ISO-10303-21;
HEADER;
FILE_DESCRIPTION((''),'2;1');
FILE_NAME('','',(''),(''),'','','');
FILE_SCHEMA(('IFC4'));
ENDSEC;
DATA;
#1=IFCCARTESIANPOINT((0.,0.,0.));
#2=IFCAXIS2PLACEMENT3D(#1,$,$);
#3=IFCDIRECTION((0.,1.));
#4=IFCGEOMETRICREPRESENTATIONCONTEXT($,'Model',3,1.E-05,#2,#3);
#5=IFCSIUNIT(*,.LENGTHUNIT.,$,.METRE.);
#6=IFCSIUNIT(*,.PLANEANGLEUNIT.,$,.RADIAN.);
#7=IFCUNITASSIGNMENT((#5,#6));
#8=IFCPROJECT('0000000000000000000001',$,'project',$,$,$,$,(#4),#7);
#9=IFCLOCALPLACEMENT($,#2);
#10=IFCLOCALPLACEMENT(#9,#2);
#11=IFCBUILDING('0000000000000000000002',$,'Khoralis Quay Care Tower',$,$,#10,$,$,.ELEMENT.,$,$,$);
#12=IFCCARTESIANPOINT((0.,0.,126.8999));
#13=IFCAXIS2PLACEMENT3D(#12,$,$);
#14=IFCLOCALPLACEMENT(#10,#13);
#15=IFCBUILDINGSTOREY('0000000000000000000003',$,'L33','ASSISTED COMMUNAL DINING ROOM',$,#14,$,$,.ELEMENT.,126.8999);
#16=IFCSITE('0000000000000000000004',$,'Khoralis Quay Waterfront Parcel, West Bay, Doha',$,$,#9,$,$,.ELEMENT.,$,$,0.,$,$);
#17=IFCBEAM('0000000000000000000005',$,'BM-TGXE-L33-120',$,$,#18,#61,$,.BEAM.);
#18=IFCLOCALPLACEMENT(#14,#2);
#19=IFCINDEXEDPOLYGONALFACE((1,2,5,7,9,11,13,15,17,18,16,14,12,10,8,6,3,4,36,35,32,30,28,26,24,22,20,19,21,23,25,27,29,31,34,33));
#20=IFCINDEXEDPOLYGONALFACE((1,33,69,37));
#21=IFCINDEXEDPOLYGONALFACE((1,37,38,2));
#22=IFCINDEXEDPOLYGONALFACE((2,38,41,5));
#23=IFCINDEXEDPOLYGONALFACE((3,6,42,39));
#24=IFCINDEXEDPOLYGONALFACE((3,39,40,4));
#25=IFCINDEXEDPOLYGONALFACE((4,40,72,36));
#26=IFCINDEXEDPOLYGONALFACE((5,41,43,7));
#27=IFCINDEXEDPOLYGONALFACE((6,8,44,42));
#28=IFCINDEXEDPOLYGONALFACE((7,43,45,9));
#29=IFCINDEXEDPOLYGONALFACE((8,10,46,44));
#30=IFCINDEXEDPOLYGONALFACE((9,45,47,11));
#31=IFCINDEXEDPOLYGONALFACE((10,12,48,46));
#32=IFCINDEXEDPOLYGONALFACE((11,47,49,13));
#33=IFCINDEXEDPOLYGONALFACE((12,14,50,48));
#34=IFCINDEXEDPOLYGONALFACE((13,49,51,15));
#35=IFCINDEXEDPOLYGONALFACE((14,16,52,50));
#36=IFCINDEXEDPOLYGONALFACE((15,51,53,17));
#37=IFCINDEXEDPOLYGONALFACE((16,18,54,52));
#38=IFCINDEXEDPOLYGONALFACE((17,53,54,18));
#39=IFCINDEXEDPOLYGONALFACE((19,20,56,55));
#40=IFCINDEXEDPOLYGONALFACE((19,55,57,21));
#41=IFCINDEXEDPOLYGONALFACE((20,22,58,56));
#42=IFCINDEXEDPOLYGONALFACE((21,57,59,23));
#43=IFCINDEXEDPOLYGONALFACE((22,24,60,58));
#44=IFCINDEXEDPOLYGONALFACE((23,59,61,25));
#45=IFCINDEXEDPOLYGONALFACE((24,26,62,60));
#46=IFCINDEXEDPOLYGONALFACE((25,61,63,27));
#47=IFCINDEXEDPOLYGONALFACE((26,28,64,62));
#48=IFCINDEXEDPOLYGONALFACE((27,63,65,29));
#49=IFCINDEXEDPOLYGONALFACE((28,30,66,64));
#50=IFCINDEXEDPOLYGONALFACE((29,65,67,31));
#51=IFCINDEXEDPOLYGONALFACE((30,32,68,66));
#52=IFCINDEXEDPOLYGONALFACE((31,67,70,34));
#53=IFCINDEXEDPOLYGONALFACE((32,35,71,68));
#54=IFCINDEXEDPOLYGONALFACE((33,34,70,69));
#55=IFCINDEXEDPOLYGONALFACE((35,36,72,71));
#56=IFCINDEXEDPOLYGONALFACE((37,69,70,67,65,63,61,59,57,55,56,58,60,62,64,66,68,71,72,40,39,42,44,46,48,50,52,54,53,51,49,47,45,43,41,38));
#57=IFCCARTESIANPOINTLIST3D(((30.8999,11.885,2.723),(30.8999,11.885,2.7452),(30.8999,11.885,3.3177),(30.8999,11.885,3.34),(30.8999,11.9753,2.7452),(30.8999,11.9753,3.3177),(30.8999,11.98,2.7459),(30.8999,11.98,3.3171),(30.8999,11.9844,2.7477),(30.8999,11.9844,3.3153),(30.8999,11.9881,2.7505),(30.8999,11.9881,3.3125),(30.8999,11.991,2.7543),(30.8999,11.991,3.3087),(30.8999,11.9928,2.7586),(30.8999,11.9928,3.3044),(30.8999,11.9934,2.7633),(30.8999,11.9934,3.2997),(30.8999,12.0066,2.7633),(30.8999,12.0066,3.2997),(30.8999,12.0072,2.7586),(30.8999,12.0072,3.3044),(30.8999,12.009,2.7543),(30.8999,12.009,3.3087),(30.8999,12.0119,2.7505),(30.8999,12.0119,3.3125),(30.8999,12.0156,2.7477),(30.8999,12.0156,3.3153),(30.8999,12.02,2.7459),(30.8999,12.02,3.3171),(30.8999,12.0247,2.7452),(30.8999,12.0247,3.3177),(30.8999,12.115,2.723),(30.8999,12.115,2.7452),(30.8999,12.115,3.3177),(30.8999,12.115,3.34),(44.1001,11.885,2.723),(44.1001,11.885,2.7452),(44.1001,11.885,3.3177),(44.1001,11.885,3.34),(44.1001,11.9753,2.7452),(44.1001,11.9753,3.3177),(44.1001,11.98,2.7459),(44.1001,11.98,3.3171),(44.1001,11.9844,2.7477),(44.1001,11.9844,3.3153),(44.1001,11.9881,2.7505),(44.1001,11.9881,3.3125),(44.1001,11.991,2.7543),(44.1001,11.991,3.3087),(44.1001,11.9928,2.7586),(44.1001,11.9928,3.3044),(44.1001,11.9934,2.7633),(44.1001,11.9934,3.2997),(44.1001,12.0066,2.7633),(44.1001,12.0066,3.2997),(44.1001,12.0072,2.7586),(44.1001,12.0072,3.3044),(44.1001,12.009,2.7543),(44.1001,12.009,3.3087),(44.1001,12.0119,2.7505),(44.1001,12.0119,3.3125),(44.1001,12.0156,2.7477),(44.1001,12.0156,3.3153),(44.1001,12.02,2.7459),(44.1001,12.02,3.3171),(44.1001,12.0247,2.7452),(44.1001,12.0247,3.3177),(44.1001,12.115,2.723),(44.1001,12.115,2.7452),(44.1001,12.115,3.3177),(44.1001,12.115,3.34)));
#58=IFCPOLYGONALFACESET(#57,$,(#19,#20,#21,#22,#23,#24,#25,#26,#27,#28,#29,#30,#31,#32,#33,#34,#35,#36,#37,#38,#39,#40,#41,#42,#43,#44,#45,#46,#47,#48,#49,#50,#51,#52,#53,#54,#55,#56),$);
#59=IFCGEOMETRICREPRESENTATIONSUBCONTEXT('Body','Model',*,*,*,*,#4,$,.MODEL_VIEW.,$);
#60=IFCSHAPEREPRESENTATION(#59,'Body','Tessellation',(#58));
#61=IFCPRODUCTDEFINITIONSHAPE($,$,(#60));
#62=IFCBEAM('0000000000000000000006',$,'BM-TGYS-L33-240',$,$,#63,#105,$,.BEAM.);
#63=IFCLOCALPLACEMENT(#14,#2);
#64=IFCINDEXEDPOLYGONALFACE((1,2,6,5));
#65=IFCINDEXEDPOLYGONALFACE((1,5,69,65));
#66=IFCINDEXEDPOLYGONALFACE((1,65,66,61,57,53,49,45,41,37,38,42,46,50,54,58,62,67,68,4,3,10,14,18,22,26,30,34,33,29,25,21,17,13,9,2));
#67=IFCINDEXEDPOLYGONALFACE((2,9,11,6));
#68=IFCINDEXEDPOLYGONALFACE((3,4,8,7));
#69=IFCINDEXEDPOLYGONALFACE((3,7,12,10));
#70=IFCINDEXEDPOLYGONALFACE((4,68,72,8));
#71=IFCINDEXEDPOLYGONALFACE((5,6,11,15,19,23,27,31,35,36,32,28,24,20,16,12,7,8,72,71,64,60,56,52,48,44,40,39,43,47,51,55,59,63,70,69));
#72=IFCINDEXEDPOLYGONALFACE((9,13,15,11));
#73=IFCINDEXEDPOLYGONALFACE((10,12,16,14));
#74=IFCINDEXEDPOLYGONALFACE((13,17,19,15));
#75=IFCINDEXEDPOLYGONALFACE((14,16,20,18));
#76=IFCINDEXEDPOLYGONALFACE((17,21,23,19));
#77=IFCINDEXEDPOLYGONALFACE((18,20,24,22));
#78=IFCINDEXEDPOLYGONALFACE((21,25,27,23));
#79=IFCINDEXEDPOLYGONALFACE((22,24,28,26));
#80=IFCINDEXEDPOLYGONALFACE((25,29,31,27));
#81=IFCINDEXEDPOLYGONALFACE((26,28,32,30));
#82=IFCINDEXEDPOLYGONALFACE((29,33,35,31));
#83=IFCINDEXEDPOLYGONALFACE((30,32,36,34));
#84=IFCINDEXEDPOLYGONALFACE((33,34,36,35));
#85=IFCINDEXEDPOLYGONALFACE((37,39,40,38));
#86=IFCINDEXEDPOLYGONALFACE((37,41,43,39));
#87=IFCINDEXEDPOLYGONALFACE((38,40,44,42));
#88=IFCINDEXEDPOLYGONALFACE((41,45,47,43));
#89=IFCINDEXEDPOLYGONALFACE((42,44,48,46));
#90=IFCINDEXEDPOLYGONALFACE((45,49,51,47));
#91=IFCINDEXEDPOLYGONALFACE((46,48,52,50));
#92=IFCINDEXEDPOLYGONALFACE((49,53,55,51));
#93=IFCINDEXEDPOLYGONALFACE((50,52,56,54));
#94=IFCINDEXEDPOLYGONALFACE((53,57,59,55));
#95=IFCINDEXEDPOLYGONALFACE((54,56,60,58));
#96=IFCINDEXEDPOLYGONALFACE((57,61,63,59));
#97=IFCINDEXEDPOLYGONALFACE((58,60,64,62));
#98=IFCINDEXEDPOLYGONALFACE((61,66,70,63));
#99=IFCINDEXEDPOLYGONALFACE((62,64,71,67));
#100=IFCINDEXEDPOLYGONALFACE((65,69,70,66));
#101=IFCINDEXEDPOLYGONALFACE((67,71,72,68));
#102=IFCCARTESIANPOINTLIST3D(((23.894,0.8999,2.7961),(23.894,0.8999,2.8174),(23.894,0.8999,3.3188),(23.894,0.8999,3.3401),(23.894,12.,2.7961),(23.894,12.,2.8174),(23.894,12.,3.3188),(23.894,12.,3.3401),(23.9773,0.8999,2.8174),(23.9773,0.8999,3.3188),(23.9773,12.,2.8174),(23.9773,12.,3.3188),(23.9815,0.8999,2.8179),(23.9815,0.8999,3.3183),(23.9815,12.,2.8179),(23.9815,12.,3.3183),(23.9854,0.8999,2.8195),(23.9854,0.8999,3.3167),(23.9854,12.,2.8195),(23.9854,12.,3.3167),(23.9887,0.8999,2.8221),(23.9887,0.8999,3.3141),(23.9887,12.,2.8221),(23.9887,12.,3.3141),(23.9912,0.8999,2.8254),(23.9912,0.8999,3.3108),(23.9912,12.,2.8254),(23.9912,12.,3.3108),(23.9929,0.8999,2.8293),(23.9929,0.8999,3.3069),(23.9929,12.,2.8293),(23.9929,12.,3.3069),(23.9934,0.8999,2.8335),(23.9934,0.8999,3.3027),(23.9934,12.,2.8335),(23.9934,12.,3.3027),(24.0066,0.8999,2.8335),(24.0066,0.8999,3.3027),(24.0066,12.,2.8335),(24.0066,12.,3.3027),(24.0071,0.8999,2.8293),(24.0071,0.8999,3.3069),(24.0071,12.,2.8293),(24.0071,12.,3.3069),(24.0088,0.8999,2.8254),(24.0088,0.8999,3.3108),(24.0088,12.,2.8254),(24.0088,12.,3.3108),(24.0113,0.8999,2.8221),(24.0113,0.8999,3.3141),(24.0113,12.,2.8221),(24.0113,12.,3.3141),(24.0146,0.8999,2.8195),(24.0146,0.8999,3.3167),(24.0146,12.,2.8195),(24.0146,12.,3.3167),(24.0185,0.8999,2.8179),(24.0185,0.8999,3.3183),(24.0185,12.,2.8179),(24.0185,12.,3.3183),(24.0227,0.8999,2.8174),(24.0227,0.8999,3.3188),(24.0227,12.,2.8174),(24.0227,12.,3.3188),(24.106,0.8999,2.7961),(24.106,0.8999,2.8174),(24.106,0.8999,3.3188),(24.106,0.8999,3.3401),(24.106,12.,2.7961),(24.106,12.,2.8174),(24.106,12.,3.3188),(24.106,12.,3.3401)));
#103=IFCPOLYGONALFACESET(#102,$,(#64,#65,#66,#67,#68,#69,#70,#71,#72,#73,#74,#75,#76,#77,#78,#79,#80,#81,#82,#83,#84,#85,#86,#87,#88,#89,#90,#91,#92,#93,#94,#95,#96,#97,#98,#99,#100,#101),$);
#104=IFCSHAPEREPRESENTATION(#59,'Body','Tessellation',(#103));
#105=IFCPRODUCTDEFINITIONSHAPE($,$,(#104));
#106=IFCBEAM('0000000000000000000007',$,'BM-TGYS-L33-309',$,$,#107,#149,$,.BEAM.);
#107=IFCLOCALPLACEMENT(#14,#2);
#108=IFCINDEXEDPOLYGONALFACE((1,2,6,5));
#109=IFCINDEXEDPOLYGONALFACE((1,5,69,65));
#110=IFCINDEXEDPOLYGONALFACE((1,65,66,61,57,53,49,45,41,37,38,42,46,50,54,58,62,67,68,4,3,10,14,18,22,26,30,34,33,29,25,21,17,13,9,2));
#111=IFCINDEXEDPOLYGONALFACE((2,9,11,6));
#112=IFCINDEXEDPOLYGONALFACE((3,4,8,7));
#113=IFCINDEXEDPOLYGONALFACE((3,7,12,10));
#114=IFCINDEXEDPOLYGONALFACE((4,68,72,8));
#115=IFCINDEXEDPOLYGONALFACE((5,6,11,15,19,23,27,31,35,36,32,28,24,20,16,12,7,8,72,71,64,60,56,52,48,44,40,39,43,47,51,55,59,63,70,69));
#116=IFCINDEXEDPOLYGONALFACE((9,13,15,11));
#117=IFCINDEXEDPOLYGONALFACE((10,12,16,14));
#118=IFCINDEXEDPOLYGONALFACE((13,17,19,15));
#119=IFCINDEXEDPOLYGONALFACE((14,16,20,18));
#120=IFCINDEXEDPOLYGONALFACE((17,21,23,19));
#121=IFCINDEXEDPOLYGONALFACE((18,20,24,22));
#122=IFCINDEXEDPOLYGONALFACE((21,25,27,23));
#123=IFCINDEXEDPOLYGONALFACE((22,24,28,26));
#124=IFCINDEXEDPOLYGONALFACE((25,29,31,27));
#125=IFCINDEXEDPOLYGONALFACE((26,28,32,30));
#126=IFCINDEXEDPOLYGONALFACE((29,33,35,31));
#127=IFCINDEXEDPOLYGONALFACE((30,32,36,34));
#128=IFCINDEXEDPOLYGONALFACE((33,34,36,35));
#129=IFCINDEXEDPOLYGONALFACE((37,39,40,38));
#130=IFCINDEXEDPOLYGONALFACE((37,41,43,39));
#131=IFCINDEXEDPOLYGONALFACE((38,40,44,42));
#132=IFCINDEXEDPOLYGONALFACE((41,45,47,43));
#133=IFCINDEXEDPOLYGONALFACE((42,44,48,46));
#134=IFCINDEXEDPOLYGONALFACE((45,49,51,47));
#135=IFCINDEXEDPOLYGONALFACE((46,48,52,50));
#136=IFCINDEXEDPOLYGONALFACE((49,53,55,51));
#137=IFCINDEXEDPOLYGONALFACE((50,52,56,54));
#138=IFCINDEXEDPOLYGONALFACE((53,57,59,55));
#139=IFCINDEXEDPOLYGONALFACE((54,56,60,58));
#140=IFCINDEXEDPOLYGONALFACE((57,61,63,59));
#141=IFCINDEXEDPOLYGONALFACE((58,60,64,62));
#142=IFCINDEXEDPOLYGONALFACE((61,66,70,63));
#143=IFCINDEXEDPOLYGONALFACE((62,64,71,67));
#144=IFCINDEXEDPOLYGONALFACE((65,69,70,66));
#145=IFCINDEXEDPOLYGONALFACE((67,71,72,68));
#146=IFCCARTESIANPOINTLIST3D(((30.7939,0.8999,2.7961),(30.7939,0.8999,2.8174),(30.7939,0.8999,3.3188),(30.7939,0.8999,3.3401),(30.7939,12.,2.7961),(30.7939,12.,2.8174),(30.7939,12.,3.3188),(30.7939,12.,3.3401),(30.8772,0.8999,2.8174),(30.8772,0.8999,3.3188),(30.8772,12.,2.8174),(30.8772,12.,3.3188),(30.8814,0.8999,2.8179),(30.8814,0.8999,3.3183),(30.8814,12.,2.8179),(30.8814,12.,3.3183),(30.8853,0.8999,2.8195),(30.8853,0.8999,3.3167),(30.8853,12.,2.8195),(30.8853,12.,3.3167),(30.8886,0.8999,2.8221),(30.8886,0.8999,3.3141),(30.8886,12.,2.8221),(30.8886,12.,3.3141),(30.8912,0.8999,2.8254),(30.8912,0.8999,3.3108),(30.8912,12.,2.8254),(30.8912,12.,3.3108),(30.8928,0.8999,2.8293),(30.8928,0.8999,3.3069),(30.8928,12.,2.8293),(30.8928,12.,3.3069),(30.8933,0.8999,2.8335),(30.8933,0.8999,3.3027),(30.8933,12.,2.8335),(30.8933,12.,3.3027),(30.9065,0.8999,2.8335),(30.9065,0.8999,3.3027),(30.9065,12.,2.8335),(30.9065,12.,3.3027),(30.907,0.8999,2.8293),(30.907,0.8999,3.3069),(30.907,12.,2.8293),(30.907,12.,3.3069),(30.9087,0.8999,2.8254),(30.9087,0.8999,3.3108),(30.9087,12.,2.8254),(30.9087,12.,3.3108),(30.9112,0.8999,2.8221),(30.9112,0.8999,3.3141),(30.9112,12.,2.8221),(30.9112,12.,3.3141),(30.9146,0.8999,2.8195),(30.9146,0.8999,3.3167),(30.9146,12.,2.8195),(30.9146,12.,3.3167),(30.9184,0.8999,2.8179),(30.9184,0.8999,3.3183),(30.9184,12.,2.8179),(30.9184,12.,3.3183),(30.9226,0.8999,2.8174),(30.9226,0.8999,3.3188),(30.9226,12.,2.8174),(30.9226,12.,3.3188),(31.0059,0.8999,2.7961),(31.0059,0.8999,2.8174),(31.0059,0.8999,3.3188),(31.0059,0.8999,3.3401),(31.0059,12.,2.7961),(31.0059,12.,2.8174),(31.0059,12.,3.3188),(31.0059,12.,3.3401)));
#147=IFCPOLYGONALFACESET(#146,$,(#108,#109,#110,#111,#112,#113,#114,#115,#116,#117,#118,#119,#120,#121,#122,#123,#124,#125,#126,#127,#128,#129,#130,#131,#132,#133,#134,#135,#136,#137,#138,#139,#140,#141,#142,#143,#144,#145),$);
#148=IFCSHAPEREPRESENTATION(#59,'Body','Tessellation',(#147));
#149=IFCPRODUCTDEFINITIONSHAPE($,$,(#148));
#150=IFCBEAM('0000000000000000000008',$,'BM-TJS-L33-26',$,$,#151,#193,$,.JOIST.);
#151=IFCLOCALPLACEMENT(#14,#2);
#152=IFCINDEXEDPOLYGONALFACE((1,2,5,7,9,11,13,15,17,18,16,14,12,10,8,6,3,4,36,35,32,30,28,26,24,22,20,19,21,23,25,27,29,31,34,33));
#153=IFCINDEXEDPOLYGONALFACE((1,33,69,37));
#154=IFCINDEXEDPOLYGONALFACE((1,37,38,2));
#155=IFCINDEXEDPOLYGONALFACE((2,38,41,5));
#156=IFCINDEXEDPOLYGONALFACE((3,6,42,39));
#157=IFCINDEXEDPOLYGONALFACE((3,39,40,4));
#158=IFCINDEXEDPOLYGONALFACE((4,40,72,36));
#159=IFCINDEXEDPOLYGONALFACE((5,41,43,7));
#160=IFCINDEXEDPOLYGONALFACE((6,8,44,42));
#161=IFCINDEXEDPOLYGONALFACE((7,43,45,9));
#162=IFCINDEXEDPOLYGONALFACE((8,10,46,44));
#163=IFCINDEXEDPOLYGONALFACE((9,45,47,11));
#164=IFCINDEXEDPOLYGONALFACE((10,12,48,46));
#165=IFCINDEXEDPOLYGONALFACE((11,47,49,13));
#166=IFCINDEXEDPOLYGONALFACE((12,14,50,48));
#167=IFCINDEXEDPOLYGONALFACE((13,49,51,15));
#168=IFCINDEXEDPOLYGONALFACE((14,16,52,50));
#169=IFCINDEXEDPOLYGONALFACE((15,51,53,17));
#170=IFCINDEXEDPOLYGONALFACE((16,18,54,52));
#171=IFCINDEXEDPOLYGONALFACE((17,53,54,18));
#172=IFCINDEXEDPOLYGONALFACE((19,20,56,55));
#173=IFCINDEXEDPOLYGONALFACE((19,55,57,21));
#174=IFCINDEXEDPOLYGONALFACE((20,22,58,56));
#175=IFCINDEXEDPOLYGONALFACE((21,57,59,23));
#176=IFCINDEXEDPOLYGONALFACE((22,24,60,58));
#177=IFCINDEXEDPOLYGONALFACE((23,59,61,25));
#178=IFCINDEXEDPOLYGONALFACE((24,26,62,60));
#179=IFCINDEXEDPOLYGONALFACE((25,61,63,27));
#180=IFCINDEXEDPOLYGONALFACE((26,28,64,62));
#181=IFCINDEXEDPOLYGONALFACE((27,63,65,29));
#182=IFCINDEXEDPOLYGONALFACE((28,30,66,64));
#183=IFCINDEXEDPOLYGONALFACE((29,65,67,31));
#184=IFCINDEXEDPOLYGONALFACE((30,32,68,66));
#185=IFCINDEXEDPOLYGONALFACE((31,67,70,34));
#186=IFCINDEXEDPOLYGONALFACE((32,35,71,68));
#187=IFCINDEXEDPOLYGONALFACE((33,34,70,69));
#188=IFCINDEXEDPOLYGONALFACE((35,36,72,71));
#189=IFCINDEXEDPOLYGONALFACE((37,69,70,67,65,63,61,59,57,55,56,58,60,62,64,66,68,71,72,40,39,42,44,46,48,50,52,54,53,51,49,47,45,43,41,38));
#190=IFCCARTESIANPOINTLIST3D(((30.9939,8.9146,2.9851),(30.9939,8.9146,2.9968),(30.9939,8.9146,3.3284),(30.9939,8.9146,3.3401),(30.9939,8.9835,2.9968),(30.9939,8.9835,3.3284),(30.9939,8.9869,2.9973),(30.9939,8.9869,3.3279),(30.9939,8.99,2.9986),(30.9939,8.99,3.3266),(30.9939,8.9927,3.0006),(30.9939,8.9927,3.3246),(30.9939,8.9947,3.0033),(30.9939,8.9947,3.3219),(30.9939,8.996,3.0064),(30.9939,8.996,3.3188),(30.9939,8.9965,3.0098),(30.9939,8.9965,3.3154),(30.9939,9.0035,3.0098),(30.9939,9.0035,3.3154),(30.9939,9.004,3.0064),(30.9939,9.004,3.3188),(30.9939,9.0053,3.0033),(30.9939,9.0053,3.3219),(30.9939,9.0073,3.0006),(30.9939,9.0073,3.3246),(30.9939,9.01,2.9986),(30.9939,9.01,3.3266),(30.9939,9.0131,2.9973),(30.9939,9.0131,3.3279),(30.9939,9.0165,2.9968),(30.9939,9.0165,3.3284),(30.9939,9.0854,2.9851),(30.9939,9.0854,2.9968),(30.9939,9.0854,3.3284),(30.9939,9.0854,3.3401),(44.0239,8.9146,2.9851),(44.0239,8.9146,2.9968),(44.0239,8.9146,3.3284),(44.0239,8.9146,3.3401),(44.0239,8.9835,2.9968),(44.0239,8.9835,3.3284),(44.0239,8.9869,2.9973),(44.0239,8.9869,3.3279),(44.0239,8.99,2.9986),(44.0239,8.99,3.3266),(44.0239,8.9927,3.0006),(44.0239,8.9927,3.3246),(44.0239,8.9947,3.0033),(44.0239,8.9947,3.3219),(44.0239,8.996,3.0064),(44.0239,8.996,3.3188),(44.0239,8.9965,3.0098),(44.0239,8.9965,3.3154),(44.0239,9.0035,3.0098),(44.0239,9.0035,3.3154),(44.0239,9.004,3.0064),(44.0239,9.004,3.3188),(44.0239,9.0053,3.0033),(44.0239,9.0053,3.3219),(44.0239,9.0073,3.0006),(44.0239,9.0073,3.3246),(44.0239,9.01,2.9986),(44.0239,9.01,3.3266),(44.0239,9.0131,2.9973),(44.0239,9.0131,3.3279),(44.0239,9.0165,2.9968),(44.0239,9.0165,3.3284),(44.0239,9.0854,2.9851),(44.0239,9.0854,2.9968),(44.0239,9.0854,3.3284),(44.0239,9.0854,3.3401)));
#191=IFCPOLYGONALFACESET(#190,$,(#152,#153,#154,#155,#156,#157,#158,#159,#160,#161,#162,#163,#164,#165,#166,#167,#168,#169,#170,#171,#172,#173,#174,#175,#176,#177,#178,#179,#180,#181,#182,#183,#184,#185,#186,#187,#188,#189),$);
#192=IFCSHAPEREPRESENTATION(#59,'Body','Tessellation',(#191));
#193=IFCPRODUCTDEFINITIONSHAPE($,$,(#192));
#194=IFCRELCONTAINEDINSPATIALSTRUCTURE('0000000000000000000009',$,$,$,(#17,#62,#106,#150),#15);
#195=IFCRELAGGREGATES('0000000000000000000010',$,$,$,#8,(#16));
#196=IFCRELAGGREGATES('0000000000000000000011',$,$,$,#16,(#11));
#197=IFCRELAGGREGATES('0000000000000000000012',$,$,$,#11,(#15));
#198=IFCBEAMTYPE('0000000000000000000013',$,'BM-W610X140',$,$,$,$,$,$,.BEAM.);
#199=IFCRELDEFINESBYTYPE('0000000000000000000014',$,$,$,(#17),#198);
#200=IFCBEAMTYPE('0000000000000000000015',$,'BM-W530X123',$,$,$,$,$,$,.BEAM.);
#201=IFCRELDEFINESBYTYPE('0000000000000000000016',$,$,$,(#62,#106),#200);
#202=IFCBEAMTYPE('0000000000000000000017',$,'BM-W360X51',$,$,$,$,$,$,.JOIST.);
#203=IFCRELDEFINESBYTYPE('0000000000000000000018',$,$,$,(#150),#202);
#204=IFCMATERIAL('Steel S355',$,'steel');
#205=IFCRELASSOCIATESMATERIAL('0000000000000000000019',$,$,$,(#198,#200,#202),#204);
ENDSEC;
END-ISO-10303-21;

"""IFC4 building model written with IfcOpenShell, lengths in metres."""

from ifc_helpers import new_model, si_unit, direction, frame, origin, origin_2d, place, context, subcontext, project, spatial, i_section, extrude, source, transform, mapped, material, material_profile, profile_set, type_object, element, save


model = new_model("IFC4")

# Units and contexts
model_context = context("Model", 3, precision=1e-05, world=origin(), true_north=direction((0.0, 1.0)))
body_context = subcontext(model_context, "Body", "Model", "MODEL_VIEW")
ifc_project = project(units=[si_unit("LENGTHUNIT", "METRE"), si_unit("PLANEANGLEUNIT", "RADIAN")], contexts=[model_context])

# Site, building, storey
site_placement = place(None, origin())
site = spatial("IfcSite", under=ifc_project, at=site_placement, Name="Khoralis Quay Waterfront Parcel, West Bay, Doha", CompositionType="ELEMENT", RefElevation=0.0)
building_placement = place(site_placement, origin())
building = spatial("IfcBuilding", under=site, at=building_placement, Name="Khoralis Quay Care Tower", CompositionType="ELEMENT")
storey_placement = place(building_placement, frame((0.0, 0.0, 126.8999)))
storey = spatial("IfcBuildingStorey", under=building, at=storey_placement, Name="L33", Description="ASSISTED COMMUNAL DINING ROOM", CompositionType="ELEMENT", Elevation=126.8999)

# Beams
ifc_material_1 = material(Name="Steel S355", Category="steel")
ifc_material_profile_1 = material_profile(ifc_material_1, i_section(OverallWidth=0.23, OverallDepth=0.6169, WebThickness=0.0132, FlangeThickness=0.0222, FilletRadius=0.0181, at=origin_2d()), Name="Steel S355")
ifc_profile_set_1 = profile_set([ifc_material_profile_1], Name="Steel S355")
beam_type_1 = type_object("IfcBeamType", Name="BM-W610X140", PredefinedType="BEAM", material=ifc_profile_set_1)
shared_shape_1 = source(origin(), body_context, "Body", "SweptSolid", [
    extrude(i_section(OverallWidth=0.23, OverallDepth=0.6169, WebThickness=0.0132, FlangeThickness=0.0222, FilletRadius=0.0181, at=origin_2d()), origin(), (0.0, 0.0, 1.0), 13.2002),
])
beam_1_placement = place(storey_placement, frame((30.8999, 12.0, 3.0315), z_axis=(1.0, 0.0, 0.0), x_axis=(0.0, 1.0, 0.0)))
element("IfcBeam", 1, at=beam_1_placement, inside=storey, type_object=beam_type_1, Name="BM-TGXE-L33-120", PredefinedType="BEAM", context=body_context, shape_type="MappedRepresentation", body=[
    mapped(shared_shape_1, transform((0.0, 0.0, 0.0), scale=1.0)),
])
ifc_material_profile_2 = material_profile(ifc_material_1, i_section(OverallWidth=0.2119, OverallDepth=0.5439, WebThickness=0.0132, FlangeThickness=0.0212, FilletRadius=0.0161, at=origin_2d()), Name="Steel S355")
ifc_profile_set_2 = profile_set([ifc_material_profile_2], Name="Steel S355")
beam_type_2 = type_object("IfcBeamType", Name="BM-W530X123", PredefinedType="BEAM", material=ifc_profile_set_2)
shared_shape_2 = source(origin(), body_context, "Body", "SweptSolid", [
    extrude(i_section(OverallWidth=0.2119, OverallDepth=0.5439, WebThickness=0.0132, FlangeThickness=0.0212, FilletRadius=0.0161, at=origin_2d()), origin(), (0.0, 0.0, 1.0), 11.1001),
])
for number, where, z_axis, x_axis, name in (
    (2, (24.0, 0.8999, 3.0681), (0.0, 1.0, 0.0), (-1.0, 0.0, 0.0), "BM-TGYS-L33-240"),
    (3, (30.8999, 0.8999, 3.0681), (0.0, 1.0, 0.0), (-1.0, 0.0, 0.0), "BM-TGYS-L33-309"),
):
    element("IfcBeam", number, at=place(storey_placement, frame(where, z_axis=z_axis, x_axis=x_axis)), inside=storey, type_object=beam_type_2, Name=name, PredefinedType="BEAM", context=body_context, shape_type="MappedRepresentation", body=[
        mapped(shared_shape_2, transform((0.0, 0.0, 0.0), scale=1.0)),
    ])
ifc_material_profile_3 = material_profile(ifc_material_1, i_section(OverallWidth=0.1709, OverallDepth=0.355, WebThickness=0.0071, FlangeThickness=0.0117, FilletRadius=0.0129, at=origin_2d()), Name="Steel S355")
ifc_profile_set_3 = profile_set([ifc_material_profile_3], Name="Steel S355")
beam_type_3 = type_object("IfcBeamType", Name="BM-W360X51", PredefinedType="JOIST", material=ifc_profile_set_3)
shared_shape_3 = source(origin(), body_context, "Body", "SweptSolid", [
    extrude(i_section(OverallWidth=0.1709, OverallDepth=0.355, WebThickness=0.0071, FlangeThickness=0.0117, FilletRadius=0.0129, at=origin_2d()), origin(), (0.0, 0.0, 1.0), 13.03),
])
beam_2_placement = place(storey_placement, frame((30.9939, 9.0, 3.1626), z_axis=(1.0, 0.0, 0.0), x_axis=(0.0, 1.0, 0.0)))
element("IfcBeam", 4, at=beam_2_placement, inside=storey, type_object=beam_type_3, Name="BM-TJS-L33-26", PredefinedType="JOIST", context=body_context, shape_type="MappedRepresentation", body=[
    mapped(shared_shape_3, transform((0.0, 0.0, 0.0), scale=1.0)),
])

save(model, "model.ifc")
